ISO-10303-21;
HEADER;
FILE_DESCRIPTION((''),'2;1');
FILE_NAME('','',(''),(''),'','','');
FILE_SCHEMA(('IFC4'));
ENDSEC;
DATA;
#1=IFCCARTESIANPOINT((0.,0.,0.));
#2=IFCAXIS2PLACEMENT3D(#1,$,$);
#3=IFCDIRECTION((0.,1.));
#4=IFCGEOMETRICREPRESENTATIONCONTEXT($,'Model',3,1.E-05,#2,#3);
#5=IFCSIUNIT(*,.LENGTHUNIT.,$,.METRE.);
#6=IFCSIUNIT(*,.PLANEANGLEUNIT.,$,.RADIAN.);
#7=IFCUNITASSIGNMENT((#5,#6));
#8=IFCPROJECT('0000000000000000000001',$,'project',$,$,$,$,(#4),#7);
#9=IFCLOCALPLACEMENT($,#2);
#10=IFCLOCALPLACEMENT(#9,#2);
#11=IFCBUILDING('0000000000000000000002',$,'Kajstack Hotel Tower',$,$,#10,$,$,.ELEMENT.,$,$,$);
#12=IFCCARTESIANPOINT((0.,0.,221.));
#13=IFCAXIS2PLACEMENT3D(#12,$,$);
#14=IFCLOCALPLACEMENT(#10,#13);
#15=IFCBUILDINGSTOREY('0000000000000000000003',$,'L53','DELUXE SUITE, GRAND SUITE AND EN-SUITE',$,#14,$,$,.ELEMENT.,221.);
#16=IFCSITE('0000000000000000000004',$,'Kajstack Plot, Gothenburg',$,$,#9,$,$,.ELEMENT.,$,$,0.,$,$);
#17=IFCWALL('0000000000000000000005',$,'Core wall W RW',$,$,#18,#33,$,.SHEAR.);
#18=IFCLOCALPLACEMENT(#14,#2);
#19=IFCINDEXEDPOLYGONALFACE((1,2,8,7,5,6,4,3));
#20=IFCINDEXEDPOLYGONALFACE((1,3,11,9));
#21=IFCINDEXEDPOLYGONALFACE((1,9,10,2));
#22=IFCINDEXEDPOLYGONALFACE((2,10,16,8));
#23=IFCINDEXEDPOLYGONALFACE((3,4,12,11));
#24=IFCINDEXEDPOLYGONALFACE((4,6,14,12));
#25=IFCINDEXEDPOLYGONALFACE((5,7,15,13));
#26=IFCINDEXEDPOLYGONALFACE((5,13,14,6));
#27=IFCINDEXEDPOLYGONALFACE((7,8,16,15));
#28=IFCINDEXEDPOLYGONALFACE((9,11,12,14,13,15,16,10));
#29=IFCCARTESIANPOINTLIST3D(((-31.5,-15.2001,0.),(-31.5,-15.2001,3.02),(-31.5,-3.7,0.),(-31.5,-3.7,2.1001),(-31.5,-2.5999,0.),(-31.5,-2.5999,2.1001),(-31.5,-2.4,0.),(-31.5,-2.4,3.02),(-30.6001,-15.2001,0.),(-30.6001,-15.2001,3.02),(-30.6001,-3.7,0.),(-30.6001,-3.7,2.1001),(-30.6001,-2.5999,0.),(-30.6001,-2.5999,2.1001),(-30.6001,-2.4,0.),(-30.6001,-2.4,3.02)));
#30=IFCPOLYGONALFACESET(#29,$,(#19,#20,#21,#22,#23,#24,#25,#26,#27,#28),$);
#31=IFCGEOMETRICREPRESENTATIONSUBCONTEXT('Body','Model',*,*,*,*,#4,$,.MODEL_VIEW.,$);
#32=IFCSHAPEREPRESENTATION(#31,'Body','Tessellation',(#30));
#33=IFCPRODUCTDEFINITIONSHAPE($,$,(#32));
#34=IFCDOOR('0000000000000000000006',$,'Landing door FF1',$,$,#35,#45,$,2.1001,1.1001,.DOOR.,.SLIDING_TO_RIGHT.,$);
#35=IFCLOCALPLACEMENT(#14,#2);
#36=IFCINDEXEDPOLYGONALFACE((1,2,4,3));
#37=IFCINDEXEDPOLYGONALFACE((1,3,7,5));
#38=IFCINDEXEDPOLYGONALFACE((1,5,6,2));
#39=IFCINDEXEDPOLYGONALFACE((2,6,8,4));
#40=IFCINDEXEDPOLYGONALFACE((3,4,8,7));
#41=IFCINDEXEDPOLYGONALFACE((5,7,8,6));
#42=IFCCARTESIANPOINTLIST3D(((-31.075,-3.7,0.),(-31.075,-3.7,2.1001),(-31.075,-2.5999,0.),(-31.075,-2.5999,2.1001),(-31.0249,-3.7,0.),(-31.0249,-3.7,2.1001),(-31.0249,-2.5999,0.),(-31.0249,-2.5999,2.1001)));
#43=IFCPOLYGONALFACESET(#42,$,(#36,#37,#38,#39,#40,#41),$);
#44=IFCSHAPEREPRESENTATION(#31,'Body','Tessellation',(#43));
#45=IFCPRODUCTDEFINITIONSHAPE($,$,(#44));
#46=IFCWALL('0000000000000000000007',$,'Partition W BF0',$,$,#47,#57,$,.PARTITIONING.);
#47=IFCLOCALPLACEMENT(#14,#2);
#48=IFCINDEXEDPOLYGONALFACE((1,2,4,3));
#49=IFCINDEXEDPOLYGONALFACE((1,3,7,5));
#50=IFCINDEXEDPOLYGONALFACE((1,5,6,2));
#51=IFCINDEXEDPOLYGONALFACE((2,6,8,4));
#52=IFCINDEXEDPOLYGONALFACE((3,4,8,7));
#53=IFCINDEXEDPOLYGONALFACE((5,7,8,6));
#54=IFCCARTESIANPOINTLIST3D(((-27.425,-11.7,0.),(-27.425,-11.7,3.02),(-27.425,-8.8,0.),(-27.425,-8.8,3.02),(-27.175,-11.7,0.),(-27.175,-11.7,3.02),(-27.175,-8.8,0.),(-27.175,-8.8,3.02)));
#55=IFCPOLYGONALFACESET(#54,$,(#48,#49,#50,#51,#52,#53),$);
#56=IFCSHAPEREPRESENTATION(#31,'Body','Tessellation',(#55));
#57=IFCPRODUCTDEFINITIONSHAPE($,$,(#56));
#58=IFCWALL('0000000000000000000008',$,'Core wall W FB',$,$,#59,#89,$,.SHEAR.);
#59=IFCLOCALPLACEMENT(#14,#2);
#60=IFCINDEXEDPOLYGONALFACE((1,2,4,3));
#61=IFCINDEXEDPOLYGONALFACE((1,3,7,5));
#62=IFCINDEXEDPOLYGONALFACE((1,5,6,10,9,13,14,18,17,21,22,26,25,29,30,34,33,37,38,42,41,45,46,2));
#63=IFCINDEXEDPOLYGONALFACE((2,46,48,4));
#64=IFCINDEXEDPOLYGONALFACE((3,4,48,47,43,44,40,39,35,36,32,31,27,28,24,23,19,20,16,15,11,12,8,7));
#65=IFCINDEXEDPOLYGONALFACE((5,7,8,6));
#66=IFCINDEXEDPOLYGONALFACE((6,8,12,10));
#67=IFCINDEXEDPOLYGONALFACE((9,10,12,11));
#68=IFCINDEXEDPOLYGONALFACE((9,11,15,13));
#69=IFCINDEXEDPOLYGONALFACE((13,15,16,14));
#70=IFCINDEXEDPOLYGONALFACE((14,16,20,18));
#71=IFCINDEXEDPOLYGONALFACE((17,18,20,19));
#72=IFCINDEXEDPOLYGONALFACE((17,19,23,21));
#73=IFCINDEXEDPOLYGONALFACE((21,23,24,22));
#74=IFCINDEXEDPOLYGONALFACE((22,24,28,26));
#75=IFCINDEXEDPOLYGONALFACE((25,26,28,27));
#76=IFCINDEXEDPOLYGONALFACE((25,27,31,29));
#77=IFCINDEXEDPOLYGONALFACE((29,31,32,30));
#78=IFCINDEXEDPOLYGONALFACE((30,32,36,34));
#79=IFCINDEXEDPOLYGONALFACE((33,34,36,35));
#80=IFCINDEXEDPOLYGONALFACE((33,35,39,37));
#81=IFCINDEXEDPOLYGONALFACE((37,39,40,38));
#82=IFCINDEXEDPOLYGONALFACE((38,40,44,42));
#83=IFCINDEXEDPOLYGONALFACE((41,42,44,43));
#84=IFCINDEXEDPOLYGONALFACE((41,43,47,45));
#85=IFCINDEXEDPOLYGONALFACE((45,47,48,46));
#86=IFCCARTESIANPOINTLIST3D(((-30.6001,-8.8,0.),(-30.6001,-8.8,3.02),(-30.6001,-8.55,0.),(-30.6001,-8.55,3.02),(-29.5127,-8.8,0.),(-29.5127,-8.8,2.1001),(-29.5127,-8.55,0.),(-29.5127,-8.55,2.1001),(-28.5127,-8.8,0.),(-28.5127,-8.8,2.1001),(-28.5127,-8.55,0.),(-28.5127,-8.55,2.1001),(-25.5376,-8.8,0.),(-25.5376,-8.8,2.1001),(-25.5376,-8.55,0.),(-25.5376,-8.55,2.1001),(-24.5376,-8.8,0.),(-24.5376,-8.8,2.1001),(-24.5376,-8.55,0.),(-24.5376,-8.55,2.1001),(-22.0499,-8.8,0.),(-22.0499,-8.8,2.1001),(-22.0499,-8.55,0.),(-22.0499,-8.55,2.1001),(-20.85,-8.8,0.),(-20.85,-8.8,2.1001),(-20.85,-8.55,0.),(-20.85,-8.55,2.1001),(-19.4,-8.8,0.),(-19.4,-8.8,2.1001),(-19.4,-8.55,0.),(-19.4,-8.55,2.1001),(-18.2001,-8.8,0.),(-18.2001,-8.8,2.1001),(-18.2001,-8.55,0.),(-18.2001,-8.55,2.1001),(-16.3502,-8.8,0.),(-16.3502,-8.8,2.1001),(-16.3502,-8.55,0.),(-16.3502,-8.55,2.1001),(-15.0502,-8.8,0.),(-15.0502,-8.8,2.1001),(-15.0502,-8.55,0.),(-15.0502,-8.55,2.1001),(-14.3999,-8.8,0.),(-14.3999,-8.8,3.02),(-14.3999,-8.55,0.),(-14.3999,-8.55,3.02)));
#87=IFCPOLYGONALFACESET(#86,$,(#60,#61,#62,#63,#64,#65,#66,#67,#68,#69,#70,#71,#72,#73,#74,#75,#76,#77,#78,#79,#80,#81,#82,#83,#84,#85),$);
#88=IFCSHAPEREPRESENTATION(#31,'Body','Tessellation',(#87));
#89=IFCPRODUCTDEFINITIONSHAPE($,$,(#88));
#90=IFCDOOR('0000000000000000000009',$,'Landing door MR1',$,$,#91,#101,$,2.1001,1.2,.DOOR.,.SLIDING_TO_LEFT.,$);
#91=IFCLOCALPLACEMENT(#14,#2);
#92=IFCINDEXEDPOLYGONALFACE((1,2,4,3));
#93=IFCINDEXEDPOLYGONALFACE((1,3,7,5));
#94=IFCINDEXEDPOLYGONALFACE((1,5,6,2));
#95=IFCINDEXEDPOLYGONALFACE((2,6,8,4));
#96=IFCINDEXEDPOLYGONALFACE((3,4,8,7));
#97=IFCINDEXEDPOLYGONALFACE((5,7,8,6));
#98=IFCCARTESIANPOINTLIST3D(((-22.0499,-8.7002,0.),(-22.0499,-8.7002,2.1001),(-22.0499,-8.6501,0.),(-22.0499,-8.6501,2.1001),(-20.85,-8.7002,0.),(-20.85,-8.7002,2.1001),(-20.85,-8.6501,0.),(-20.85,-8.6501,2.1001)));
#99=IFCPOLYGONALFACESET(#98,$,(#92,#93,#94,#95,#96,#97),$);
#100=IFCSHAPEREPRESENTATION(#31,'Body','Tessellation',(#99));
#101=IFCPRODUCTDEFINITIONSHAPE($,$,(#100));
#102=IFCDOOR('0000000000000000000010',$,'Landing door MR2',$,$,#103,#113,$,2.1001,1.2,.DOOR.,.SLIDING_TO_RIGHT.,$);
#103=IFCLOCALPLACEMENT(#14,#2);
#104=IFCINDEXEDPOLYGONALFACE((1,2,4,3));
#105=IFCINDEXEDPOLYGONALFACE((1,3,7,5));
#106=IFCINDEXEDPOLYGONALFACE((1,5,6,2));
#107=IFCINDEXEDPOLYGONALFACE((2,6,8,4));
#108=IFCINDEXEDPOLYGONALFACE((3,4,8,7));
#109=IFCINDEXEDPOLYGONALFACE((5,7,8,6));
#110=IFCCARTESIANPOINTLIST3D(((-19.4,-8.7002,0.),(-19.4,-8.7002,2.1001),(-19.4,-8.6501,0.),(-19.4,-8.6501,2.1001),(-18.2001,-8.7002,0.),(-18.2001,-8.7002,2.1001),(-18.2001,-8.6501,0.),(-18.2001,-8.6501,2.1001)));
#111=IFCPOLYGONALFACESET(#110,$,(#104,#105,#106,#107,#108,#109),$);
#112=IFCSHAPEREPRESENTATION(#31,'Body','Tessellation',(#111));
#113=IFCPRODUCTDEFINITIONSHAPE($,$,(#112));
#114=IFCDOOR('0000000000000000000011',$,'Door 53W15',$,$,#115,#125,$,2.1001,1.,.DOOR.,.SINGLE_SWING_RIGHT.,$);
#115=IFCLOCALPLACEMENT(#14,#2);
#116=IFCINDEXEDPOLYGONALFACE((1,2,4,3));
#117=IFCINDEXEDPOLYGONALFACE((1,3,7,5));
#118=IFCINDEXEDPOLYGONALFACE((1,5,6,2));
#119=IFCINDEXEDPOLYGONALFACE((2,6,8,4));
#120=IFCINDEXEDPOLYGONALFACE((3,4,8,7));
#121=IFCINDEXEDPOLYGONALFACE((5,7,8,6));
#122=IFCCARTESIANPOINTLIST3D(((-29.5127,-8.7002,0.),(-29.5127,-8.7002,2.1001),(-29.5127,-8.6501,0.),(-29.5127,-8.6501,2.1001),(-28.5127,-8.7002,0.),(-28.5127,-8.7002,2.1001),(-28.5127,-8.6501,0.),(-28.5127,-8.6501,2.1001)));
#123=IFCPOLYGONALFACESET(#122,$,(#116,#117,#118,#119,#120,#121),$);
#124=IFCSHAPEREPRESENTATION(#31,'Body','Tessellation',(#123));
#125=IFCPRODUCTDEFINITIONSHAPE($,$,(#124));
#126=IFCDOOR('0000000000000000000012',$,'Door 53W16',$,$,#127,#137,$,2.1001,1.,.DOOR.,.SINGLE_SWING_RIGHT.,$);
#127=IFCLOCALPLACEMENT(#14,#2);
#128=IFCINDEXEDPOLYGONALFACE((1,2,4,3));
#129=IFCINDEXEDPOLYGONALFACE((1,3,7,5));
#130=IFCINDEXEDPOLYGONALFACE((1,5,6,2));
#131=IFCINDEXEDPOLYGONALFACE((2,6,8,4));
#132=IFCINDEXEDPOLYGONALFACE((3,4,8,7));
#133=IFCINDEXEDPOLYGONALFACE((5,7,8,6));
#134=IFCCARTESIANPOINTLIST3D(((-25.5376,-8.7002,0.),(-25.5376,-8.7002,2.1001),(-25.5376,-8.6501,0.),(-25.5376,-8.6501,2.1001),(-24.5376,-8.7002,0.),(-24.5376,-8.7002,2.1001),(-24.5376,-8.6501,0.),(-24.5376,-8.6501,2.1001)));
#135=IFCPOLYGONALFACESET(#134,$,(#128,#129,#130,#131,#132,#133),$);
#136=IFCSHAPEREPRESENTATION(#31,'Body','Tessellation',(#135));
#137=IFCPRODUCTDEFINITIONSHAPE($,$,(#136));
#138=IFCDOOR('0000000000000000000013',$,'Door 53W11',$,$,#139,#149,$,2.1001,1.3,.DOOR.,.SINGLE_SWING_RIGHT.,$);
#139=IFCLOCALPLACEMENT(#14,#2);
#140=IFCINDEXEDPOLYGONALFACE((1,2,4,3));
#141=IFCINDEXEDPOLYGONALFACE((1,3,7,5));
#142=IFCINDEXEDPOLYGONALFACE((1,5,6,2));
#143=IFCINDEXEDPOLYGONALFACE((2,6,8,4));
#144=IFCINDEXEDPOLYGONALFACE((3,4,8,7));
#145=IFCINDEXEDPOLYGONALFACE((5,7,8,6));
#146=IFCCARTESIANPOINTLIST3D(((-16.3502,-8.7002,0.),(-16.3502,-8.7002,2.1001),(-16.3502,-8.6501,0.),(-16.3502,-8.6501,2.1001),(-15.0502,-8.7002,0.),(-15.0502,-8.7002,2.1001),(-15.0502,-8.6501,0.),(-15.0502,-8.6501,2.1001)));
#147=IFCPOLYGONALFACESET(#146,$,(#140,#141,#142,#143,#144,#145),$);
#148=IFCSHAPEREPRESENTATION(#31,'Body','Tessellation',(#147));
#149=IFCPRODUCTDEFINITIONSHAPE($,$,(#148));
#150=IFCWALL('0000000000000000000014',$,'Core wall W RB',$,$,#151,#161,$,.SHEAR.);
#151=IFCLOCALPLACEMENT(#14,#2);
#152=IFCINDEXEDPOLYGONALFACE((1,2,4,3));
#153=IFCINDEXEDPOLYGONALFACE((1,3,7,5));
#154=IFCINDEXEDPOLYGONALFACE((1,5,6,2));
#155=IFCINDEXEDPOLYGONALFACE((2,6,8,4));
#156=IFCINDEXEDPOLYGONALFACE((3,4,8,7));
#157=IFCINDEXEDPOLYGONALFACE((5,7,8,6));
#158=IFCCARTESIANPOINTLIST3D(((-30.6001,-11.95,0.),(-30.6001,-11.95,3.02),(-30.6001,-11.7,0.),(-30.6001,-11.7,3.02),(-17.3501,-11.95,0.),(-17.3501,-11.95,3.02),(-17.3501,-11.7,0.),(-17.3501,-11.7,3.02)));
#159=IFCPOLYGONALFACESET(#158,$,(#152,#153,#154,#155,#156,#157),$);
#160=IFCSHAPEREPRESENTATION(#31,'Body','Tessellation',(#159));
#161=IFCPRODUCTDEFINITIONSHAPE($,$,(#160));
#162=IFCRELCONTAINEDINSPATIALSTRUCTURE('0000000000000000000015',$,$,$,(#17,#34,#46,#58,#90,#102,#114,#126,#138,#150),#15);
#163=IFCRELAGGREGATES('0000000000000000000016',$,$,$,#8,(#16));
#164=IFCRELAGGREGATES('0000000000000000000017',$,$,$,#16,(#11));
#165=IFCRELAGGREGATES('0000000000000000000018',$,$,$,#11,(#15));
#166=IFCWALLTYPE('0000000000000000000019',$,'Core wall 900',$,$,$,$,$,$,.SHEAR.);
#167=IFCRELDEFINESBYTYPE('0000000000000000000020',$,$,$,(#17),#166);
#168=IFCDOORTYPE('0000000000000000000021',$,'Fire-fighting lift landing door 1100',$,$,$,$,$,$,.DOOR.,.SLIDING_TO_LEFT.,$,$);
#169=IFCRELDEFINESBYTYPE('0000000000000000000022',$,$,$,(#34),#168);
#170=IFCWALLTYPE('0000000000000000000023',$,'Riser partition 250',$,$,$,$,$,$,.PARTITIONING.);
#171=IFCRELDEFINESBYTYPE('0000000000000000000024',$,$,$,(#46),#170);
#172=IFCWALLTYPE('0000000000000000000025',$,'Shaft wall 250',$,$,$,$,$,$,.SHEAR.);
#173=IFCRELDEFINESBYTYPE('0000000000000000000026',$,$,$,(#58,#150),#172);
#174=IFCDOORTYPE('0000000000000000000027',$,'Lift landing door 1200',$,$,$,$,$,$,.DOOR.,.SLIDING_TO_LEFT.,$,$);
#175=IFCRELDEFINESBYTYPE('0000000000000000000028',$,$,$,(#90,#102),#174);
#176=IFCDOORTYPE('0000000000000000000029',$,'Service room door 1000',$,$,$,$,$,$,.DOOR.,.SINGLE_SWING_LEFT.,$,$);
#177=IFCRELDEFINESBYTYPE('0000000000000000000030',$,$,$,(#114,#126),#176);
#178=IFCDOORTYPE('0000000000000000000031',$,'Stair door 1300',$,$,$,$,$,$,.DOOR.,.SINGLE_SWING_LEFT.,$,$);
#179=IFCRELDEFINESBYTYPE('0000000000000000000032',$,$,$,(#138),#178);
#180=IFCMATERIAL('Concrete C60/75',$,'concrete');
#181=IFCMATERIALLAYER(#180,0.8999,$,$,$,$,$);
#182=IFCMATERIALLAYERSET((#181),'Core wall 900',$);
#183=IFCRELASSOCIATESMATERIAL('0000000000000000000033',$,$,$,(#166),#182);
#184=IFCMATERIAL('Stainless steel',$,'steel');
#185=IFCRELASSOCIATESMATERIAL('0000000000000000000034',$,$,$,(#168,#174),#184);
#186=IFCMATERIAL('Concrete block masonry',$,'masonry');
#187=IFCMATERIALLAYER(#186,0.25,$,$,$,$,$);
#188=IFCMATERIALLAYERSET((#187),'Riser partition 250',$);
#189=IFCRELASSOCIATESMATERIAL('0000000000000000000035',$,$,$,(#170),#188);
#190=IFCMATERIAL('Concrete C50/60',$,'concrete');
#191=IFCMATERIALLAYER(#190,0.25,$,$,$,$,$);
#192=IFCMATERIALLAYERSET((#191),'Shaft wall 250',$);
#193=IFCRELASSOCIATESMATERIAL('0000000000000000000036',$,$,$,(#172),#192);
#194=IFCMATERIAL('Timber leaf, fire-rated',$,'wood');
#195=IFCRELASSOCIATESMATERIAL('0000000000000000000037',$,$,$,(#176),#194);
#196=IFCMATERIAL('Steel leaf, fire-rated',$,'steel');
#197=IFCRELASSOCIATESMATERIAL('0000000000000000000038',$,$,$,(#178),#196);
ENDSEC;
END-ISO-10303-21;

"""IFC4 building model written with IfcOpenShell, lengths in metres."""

from ifc_helpers import new_model, si_unit, direction, frame, frame_2d, origin, place, context, subcontext, project, spatial, rectangle, extrude, material, layer, layer_set, type_object, element, fill, save


model = new_model("IFC4")

# Units and contexts
model_context = context("Model", 3, precision=1e-05, world=origin(), true_north=direction((0.0, 1.0)))
body_context = subcontext(model_context, "Body", "Model", "MODEL_VIEW")
ifc_project = project(units=[si_unit("LENGTHUNIT", "METRE"), si_unit("PLANEANGLEUNIT", "RADIAN")], contexts=[model_context])

# Site, building, storey
site_placement = place(None, origin())
site = spatial("IfcSite", under=ifc_project, at=site_placement, Name="Kajstack Plot, Gothenburg", CompositionType="ELEMENT", RefElevation=0.0)
building_placement = place(site_placement, origin())
building = spatial("IfcBuilding", under=site, at=building_placement, Name="Kajstack Hotel Tower", CompositionType="ELEMENT")
storey_placement = place(building_placement, frame((0.0, 0.0, 221.0)))
storey = spatial("IfcBuildingStorey", under=building, at=storey_placement, Name="L53", Description="DELUXE SUITE, GRAND SUITE AND EN-SUITE", CompositionType="ELEMENT", Elevation=221.0)

# Wall, opening, door
ifc_material_1 = material(Name="Concrete C60/75", Category="concrete")
ifc_layer_1 = layer(ifc_material_1, 0.8999)
ifc_layer_set_1 = layer_set([ifc_layer_1], Name="Core wall 900")
wall_type_1 = type_object("IfcWallType", Name="Core wall 900", PredefinedType="SHEAR", material=ifc_layer_set_1)
wall_1_placement = place(storey_placement, frame((-31.05, -15.2, 0.0), z_axis=(0.0, 0.0, 1.0), x_axis=(0.0, 1.0, 0.0)))
wall_1 = element("IfcWall", 1, at=wall_1_placement, inside=storey, type_object=wall_type_1, Name="Core wall W RW", PredefinedType="SHEAR", context=body_context, shape_type="SweptSolid", body=[
    extrude(rectangle(XDim=12.8, YDim=0.8999, at=frame_2d((6.3999, 0.0))), origin(), (0.0, 0.0, 1.0), 3.02),
])
opening_1_placement = place(wall_1_placement, frame((11.5, 0.0, 0.0)))
opening_1 = element("IfcOpeningElement", 2, at=opening_1_placement, cuts=wall_1, PredefinedType="OPENING", context=body_context, shape_type="SweptSolid", body=[
    extrude(rectangle(XDim=1.1001, YDim=2.1001, at=frame_2d((0.55, 1.05))), frame((0.0, 0.46, 0.0), z_axis=(0.0, -1.0, 0.0), x_axis=(1.0, 0.0, 0.0)), (0.0, 0.0, 1.0), 0.9199),
])
ifc_material_2 = material(Name="Stainless steel", Category="steel")
door_type_1 = type_object("IfcDoorType", Name="Fire-fighting lift landing door 1100", OperationType="SLIDING_TO_LEFT", PredefinedType="DOOR", material=ifc_material_2)
door_1_placement = place(opening_1_placement, origin())
door_1 = element("IfcDoor", 3, at=door_1_placement, inside=storey, type_object=door_type_1, Name="Landing door FF1", OperationType="SLIDING_TO_RIGHT", OverallHeight=2.1001, OverallWidth=1.1001, PredefinedType="DOOR", context=body_context, shape_type="SweptSolid", body=[
    extrude(rectangle(XDim=1.1001, YDim=2.1001, at=frame_2d((0.55, 1.05))), frame((0.0, 0.0249, 0.0), z_axis=(0.0, -1.0, 0.0), x_axis=(1.0, 0.0, 0.0)), (0.0, 0.0, 1.0), 0.05),
])
fill(opening_1, door_1)

# Wall
ifc_material_3 = material(Name="Concrete block masonry", Category="masonry")
ifc_layer_2 = layer(ifc_material_3, 0.25)
ifc_layer_set_2 = layer_set([ifc_layer_2], Name="Riser partition 250")
wall_type_2 = type_object("IfcWallType", Name="Riser partition 250", PredefinedType="PARTITIONING", material=ifc_layer_set_2)
wall_2_placement = place(storey_placement, frame((-27.3, -11.7, 0.0), z_axis=(0.0, 0.0, 1.0), x_axis=(0.0, 1.0, 0.0)))
element("IfcWall", 4, at=wall_2_placement, inside=storey, type_object=wall_type_2, Name="Partition W BF0", PredefinedType="PARTITIONING", context=body_context, shape_type="SweptSolid", body=[
    extrude(rectangle(XDim=2.8999, YDim=0.25, at=frame_2d((1.45, 0.0))), origin(), (0.0, 0.0, 1.0), 3.02),
])

# Wall, openings, doors
ifc_material_4 = material(Name="Concrete C50/60", Category="concrete")
ifc_layer_3 = layer(ifc_material_4, 0.25)
ifc_layer_set_3 = layer_set([ifc_layer_3], Name="Shaft wall 250")
wall_type_3 = type_object("IfcWallType", Name="Shaft wall 250", PredefinedType="SHEAR", material=ifc_layer_set_3)
wall_3_placement = place(storey_placement, frame((-30.6001, -8.675, 0.0), z_axis=(0.0, 0.0, 1.0), x_axis=(1.0, 0.0, 0.0)))
wall_3 = element("IfcWall", 5, at=wall_3_placement, inside=storey, type_object=wall_type_3, Name="Core wall W FB", PredefinedType="SHEAR", context=body_context, shape_type="SweptSolid", body=[
    extrude(rectangle(XDim=16.2002, YDim=0.25, at=frame_2d((8.1001, 0.0))), origin(), (0.0, 0.0, 1.0), 3.02),
])
opening_2_placement = place(wall_3_placement, frame((8.55, 0.0, 0.0)))
opening_2 = element("IfcOpeningElement", 6, at=opening_2_placement, cuts=wall_3, PredefinedType="OPENING", context=body_context, shape_type="SweptSolid", body=[
    extrude(rectangle(XDim=1.2, YDim=2.1001, at=frame_2d((0.6001, 1.05))), frame((0.0, 0.135, 0.0), z_axis=(0.0, -1.0, 0.0), x_axis=(1.0, 0.0, 0.0)), (0.0, 0.0, 1.0), 0.27),
])
opening_3_placement = place(wall_3_placement, frame((11.2, 0.0, 0.0)))
opening_3 = element("IfcOpeningElement", 7, at=opening_3_placement, cuts=wall_3, PredefinedType="OPENING", context=body_context, shape_type="SweptSolid", body=[
    extrude(rectangle(XDim=1.2, YDim=2.1001, at=frame_2d((0.6001, 1.05))), frame((0.0, 0.135, 0.0), z_axis=(0.0, -1.0, 0.0), x_axis=(1.0, 0.0, 0.0)), (0.0, 0.0, 1.0), 0.27),
])
opening_4_placement = place(wall_3_placement, frame((14.25, 0.0, 0.0)))
opening_4 = element("IfcOpeningElement", 8, at=opening_4_placement, cuts=wall_3, PredefinedType="OPENING", context=body_context, shape_type="SweptSolid", body=[
    extrude(rectangle(XDim=1.3, YDim=2.1001, at=frame_2d((0.6499, 1.05))), frame((0.0, 0.135, 0.0), z_axis=(0.0, -1.0, 0.0), x_axis=(1.0, 0.0, 0.0)), (0.0, 0.0, 1.0), 0.27),
])
opening_5_placement = place(wall_3_placement, frame((1.0874, 0.0, 0.0)))
opening_5 = element("IfcOpeningElement", 9, at=opening_5_placement, cuts=wall_3, PredefinedType="OPENING", context=body_context, shape_type="SweptSolid", body=[
    extrude(rectangle(XDim=1.0, YDim=2.1001, at=frame_2d((0.5, 1.05))), frame((0.0, 0.135, 0.0), z_axis=(0.0, -1.0, 0.0), x_axis=(1.0, 0.0, 0.0)), (0.0, 0.0, 1.0), 0.27),
])
opening_6_placement = place(wall_3_placement, frame((5.0625, 0.0, 0.0)))
opening_6 = element("IfcOpeningElement", 10, at=opening_6_placement, cuts=wall_3, PredefinedType="OPENING", context=body_context, shape_type="SweptSolid", body=[
    extrude(rectangle(XDim=1.0, YDim=2.1001, at=frame_2d((0.5, 1.05))), frame((0.0, 0.135, 0.0), z_axis=(0.0, -1.0, 0.0), x_axis=(1.0, 0.0, 0.0)), (0.0, 0.0, 1.0), 0.27),
])
door_type_2 = type_object("IfcDoorType", Name="Lift landing door 1200", OperationType="SLIDING_TO_LEFT", PredefinedType="DOOR", material=ifc_material_2)
door_2_placement = place(opening_2_placement, origin())
door_2 = element("IfcDoor", 11, at=door_2_placement, inside=storey, type_object=door_type_2, Name="Landing door MR1", OperationType="SLIDING_TO_LEFT", OverallHeight=2.1001, OverallWidth=1.2, PredefinedType="DOOR", context=body_context, shape_type="SweptSolid", body=[
    extrude(rectangle(XDim=1.2, YDim=2.1001, at=frame_2d((0.6001, 1.05))), frame((0.0, 0.0249, 0.0), z_axis=(0.0, -1.0, 0.0), x_axis=(1.0, 0.0, 0.0)), (0.0, 0.0, 1.0), 0.05),
])
fill(opening_2, door_2)
door_3_placement = place(opening_3_placement, origin())
door_3 = element("IfcDoor", 12, at=door_3_placement, inside=storey, type_object=door_type_2, Name="Landing door MR2", OperationType="SLIDING_TO_RIGHT", OverallHeight=2.1001, OverallWidth=1.2, PredefinedType="DOOR", context=body_context, shape_type="SweptSolid", body=[
    extrude(rectangle(XDim=1.2, YDim=2.1001, at=frame_2d((0.6001, 1.05))), frame((0.0, 0.0249, 0.0), z_axis=(0.0, -1.0, 0.0), x_axis=(1.0, 0.0, 0.0)), (0.0, 0.0, 1.0), 0.05),
])
fill(opening_3, door_3)
ifc_material_5 = material(Name="Timber leaf, fire-rated", Category="wood")
door_type_3 = type_object("IfcDoorType", Name="Service room door 1000", OperationType="SINGLE_SWING_LEFT", PredefinedType="DOOR", material=ifc_material_5)
door_4_placement = place(opening_5_placement, origin())
door_4 = element("IfcDoor", 13, at=door_4_placement, inside=storey, type_object=door_type_3, Name="Door 53W15", OperationType="SINGLE_SWING_RIGHT", OverallHeight=2.1001, OverallWidth=1.0, PredefinedType="DOOR", context=body_context, shape_type="SweptSolid", body=[
    extrude(rectangle(XDim=1.0, YDim=2.1001, at=frame_2d((0.5, 1.05))), frame((0.0, 0.0249, 0.0), z_axis=(0.0, -1.0, 0.0), x_axis=(1.0, 0.0, 0.0)), (0.0, 0.0, 1.0), 0.05),
])
fill(opening_5, door_4)
door_5_placement = place(opening_6_placement, origin())
door_5 = element("IfcDoor", 14, at=door_5_placement, inside=storey, type_object=door_type_3, Name="Door 53W16", OperationType="SINGLE_SWING_RIGHT", OverallHeight=2.1001, OverallWidth=1.0, PredefinedType="DOOR", context=body_context, shape_type="SweptSolid", body=[
    extrude(rectangle(XDim=1.0, YDim=2.1001, at=frame_2d((0.5, 1.05))), frame((0.0, 0.0249, 0.0), z_axis=(0.0, -1.0, 0.0), x_axis=(1.0, 0.0, 0.0)), (0.0, 0.0, 1.0), 0.05),
])
fill(opening_6, door_5)
ifc_material_6 = material(Name="Steel leaf, fire-rated", Category="steel")
door_type_4 = type_object("IfcDoorType", Name="Stair door 1300", OperationType="SINGLE_SWING_LEFT", PredefinedType="DOOR", material=ifc_material_6)
door_6_placement = place(opening_4_placement, origin())
door_6 = element("IfcDoor", 15, at=door_6_placement, inside=storey, type_object=door_type_4, Name="Door 53W11", OperationType="SINGLE_SWING_RIGHT", OverallHeight=2.1001, OverallWidth=1.3, PredefinedType="DOOR", context=body_context, shape_type="SweptSolid", body=[
    extrude(rectangle(XDim=1.3, YDim=2.1001, at=frame_2d((0.6499, 1.05))), frame((0.0, 0.0249, 0.0), z_axis=(0.0, -1.0, 0.0), x_axis=(1.0, 0.0, 0.0)), (0.0, 0.0, 1.0), 0.05),
])
fill(opening_4, door_6)

# Wall
wall_4_placement = place(storey_placement, frame((-30.6001, -11.825, 0.0), z_axis=(0.0, 0.0, 1.0), x_axis=(1.0, 0.0, 0.0)))
element("IfcWall", 16, at=wall_4_placement, inside=storey, type_object=wall_type_3, Name="Core wall W RB", PredefinedType="SHEAR", context=body_context, shape_type="SweptSolid", body=[
    extrude(rectangle(XDim=13.25, YDim=0.25, at=frame_2d((6.625, 0.0))), origin(), (0.0, 0.0, 1.0), 3.02),
])

save(model, "model.ifc")
